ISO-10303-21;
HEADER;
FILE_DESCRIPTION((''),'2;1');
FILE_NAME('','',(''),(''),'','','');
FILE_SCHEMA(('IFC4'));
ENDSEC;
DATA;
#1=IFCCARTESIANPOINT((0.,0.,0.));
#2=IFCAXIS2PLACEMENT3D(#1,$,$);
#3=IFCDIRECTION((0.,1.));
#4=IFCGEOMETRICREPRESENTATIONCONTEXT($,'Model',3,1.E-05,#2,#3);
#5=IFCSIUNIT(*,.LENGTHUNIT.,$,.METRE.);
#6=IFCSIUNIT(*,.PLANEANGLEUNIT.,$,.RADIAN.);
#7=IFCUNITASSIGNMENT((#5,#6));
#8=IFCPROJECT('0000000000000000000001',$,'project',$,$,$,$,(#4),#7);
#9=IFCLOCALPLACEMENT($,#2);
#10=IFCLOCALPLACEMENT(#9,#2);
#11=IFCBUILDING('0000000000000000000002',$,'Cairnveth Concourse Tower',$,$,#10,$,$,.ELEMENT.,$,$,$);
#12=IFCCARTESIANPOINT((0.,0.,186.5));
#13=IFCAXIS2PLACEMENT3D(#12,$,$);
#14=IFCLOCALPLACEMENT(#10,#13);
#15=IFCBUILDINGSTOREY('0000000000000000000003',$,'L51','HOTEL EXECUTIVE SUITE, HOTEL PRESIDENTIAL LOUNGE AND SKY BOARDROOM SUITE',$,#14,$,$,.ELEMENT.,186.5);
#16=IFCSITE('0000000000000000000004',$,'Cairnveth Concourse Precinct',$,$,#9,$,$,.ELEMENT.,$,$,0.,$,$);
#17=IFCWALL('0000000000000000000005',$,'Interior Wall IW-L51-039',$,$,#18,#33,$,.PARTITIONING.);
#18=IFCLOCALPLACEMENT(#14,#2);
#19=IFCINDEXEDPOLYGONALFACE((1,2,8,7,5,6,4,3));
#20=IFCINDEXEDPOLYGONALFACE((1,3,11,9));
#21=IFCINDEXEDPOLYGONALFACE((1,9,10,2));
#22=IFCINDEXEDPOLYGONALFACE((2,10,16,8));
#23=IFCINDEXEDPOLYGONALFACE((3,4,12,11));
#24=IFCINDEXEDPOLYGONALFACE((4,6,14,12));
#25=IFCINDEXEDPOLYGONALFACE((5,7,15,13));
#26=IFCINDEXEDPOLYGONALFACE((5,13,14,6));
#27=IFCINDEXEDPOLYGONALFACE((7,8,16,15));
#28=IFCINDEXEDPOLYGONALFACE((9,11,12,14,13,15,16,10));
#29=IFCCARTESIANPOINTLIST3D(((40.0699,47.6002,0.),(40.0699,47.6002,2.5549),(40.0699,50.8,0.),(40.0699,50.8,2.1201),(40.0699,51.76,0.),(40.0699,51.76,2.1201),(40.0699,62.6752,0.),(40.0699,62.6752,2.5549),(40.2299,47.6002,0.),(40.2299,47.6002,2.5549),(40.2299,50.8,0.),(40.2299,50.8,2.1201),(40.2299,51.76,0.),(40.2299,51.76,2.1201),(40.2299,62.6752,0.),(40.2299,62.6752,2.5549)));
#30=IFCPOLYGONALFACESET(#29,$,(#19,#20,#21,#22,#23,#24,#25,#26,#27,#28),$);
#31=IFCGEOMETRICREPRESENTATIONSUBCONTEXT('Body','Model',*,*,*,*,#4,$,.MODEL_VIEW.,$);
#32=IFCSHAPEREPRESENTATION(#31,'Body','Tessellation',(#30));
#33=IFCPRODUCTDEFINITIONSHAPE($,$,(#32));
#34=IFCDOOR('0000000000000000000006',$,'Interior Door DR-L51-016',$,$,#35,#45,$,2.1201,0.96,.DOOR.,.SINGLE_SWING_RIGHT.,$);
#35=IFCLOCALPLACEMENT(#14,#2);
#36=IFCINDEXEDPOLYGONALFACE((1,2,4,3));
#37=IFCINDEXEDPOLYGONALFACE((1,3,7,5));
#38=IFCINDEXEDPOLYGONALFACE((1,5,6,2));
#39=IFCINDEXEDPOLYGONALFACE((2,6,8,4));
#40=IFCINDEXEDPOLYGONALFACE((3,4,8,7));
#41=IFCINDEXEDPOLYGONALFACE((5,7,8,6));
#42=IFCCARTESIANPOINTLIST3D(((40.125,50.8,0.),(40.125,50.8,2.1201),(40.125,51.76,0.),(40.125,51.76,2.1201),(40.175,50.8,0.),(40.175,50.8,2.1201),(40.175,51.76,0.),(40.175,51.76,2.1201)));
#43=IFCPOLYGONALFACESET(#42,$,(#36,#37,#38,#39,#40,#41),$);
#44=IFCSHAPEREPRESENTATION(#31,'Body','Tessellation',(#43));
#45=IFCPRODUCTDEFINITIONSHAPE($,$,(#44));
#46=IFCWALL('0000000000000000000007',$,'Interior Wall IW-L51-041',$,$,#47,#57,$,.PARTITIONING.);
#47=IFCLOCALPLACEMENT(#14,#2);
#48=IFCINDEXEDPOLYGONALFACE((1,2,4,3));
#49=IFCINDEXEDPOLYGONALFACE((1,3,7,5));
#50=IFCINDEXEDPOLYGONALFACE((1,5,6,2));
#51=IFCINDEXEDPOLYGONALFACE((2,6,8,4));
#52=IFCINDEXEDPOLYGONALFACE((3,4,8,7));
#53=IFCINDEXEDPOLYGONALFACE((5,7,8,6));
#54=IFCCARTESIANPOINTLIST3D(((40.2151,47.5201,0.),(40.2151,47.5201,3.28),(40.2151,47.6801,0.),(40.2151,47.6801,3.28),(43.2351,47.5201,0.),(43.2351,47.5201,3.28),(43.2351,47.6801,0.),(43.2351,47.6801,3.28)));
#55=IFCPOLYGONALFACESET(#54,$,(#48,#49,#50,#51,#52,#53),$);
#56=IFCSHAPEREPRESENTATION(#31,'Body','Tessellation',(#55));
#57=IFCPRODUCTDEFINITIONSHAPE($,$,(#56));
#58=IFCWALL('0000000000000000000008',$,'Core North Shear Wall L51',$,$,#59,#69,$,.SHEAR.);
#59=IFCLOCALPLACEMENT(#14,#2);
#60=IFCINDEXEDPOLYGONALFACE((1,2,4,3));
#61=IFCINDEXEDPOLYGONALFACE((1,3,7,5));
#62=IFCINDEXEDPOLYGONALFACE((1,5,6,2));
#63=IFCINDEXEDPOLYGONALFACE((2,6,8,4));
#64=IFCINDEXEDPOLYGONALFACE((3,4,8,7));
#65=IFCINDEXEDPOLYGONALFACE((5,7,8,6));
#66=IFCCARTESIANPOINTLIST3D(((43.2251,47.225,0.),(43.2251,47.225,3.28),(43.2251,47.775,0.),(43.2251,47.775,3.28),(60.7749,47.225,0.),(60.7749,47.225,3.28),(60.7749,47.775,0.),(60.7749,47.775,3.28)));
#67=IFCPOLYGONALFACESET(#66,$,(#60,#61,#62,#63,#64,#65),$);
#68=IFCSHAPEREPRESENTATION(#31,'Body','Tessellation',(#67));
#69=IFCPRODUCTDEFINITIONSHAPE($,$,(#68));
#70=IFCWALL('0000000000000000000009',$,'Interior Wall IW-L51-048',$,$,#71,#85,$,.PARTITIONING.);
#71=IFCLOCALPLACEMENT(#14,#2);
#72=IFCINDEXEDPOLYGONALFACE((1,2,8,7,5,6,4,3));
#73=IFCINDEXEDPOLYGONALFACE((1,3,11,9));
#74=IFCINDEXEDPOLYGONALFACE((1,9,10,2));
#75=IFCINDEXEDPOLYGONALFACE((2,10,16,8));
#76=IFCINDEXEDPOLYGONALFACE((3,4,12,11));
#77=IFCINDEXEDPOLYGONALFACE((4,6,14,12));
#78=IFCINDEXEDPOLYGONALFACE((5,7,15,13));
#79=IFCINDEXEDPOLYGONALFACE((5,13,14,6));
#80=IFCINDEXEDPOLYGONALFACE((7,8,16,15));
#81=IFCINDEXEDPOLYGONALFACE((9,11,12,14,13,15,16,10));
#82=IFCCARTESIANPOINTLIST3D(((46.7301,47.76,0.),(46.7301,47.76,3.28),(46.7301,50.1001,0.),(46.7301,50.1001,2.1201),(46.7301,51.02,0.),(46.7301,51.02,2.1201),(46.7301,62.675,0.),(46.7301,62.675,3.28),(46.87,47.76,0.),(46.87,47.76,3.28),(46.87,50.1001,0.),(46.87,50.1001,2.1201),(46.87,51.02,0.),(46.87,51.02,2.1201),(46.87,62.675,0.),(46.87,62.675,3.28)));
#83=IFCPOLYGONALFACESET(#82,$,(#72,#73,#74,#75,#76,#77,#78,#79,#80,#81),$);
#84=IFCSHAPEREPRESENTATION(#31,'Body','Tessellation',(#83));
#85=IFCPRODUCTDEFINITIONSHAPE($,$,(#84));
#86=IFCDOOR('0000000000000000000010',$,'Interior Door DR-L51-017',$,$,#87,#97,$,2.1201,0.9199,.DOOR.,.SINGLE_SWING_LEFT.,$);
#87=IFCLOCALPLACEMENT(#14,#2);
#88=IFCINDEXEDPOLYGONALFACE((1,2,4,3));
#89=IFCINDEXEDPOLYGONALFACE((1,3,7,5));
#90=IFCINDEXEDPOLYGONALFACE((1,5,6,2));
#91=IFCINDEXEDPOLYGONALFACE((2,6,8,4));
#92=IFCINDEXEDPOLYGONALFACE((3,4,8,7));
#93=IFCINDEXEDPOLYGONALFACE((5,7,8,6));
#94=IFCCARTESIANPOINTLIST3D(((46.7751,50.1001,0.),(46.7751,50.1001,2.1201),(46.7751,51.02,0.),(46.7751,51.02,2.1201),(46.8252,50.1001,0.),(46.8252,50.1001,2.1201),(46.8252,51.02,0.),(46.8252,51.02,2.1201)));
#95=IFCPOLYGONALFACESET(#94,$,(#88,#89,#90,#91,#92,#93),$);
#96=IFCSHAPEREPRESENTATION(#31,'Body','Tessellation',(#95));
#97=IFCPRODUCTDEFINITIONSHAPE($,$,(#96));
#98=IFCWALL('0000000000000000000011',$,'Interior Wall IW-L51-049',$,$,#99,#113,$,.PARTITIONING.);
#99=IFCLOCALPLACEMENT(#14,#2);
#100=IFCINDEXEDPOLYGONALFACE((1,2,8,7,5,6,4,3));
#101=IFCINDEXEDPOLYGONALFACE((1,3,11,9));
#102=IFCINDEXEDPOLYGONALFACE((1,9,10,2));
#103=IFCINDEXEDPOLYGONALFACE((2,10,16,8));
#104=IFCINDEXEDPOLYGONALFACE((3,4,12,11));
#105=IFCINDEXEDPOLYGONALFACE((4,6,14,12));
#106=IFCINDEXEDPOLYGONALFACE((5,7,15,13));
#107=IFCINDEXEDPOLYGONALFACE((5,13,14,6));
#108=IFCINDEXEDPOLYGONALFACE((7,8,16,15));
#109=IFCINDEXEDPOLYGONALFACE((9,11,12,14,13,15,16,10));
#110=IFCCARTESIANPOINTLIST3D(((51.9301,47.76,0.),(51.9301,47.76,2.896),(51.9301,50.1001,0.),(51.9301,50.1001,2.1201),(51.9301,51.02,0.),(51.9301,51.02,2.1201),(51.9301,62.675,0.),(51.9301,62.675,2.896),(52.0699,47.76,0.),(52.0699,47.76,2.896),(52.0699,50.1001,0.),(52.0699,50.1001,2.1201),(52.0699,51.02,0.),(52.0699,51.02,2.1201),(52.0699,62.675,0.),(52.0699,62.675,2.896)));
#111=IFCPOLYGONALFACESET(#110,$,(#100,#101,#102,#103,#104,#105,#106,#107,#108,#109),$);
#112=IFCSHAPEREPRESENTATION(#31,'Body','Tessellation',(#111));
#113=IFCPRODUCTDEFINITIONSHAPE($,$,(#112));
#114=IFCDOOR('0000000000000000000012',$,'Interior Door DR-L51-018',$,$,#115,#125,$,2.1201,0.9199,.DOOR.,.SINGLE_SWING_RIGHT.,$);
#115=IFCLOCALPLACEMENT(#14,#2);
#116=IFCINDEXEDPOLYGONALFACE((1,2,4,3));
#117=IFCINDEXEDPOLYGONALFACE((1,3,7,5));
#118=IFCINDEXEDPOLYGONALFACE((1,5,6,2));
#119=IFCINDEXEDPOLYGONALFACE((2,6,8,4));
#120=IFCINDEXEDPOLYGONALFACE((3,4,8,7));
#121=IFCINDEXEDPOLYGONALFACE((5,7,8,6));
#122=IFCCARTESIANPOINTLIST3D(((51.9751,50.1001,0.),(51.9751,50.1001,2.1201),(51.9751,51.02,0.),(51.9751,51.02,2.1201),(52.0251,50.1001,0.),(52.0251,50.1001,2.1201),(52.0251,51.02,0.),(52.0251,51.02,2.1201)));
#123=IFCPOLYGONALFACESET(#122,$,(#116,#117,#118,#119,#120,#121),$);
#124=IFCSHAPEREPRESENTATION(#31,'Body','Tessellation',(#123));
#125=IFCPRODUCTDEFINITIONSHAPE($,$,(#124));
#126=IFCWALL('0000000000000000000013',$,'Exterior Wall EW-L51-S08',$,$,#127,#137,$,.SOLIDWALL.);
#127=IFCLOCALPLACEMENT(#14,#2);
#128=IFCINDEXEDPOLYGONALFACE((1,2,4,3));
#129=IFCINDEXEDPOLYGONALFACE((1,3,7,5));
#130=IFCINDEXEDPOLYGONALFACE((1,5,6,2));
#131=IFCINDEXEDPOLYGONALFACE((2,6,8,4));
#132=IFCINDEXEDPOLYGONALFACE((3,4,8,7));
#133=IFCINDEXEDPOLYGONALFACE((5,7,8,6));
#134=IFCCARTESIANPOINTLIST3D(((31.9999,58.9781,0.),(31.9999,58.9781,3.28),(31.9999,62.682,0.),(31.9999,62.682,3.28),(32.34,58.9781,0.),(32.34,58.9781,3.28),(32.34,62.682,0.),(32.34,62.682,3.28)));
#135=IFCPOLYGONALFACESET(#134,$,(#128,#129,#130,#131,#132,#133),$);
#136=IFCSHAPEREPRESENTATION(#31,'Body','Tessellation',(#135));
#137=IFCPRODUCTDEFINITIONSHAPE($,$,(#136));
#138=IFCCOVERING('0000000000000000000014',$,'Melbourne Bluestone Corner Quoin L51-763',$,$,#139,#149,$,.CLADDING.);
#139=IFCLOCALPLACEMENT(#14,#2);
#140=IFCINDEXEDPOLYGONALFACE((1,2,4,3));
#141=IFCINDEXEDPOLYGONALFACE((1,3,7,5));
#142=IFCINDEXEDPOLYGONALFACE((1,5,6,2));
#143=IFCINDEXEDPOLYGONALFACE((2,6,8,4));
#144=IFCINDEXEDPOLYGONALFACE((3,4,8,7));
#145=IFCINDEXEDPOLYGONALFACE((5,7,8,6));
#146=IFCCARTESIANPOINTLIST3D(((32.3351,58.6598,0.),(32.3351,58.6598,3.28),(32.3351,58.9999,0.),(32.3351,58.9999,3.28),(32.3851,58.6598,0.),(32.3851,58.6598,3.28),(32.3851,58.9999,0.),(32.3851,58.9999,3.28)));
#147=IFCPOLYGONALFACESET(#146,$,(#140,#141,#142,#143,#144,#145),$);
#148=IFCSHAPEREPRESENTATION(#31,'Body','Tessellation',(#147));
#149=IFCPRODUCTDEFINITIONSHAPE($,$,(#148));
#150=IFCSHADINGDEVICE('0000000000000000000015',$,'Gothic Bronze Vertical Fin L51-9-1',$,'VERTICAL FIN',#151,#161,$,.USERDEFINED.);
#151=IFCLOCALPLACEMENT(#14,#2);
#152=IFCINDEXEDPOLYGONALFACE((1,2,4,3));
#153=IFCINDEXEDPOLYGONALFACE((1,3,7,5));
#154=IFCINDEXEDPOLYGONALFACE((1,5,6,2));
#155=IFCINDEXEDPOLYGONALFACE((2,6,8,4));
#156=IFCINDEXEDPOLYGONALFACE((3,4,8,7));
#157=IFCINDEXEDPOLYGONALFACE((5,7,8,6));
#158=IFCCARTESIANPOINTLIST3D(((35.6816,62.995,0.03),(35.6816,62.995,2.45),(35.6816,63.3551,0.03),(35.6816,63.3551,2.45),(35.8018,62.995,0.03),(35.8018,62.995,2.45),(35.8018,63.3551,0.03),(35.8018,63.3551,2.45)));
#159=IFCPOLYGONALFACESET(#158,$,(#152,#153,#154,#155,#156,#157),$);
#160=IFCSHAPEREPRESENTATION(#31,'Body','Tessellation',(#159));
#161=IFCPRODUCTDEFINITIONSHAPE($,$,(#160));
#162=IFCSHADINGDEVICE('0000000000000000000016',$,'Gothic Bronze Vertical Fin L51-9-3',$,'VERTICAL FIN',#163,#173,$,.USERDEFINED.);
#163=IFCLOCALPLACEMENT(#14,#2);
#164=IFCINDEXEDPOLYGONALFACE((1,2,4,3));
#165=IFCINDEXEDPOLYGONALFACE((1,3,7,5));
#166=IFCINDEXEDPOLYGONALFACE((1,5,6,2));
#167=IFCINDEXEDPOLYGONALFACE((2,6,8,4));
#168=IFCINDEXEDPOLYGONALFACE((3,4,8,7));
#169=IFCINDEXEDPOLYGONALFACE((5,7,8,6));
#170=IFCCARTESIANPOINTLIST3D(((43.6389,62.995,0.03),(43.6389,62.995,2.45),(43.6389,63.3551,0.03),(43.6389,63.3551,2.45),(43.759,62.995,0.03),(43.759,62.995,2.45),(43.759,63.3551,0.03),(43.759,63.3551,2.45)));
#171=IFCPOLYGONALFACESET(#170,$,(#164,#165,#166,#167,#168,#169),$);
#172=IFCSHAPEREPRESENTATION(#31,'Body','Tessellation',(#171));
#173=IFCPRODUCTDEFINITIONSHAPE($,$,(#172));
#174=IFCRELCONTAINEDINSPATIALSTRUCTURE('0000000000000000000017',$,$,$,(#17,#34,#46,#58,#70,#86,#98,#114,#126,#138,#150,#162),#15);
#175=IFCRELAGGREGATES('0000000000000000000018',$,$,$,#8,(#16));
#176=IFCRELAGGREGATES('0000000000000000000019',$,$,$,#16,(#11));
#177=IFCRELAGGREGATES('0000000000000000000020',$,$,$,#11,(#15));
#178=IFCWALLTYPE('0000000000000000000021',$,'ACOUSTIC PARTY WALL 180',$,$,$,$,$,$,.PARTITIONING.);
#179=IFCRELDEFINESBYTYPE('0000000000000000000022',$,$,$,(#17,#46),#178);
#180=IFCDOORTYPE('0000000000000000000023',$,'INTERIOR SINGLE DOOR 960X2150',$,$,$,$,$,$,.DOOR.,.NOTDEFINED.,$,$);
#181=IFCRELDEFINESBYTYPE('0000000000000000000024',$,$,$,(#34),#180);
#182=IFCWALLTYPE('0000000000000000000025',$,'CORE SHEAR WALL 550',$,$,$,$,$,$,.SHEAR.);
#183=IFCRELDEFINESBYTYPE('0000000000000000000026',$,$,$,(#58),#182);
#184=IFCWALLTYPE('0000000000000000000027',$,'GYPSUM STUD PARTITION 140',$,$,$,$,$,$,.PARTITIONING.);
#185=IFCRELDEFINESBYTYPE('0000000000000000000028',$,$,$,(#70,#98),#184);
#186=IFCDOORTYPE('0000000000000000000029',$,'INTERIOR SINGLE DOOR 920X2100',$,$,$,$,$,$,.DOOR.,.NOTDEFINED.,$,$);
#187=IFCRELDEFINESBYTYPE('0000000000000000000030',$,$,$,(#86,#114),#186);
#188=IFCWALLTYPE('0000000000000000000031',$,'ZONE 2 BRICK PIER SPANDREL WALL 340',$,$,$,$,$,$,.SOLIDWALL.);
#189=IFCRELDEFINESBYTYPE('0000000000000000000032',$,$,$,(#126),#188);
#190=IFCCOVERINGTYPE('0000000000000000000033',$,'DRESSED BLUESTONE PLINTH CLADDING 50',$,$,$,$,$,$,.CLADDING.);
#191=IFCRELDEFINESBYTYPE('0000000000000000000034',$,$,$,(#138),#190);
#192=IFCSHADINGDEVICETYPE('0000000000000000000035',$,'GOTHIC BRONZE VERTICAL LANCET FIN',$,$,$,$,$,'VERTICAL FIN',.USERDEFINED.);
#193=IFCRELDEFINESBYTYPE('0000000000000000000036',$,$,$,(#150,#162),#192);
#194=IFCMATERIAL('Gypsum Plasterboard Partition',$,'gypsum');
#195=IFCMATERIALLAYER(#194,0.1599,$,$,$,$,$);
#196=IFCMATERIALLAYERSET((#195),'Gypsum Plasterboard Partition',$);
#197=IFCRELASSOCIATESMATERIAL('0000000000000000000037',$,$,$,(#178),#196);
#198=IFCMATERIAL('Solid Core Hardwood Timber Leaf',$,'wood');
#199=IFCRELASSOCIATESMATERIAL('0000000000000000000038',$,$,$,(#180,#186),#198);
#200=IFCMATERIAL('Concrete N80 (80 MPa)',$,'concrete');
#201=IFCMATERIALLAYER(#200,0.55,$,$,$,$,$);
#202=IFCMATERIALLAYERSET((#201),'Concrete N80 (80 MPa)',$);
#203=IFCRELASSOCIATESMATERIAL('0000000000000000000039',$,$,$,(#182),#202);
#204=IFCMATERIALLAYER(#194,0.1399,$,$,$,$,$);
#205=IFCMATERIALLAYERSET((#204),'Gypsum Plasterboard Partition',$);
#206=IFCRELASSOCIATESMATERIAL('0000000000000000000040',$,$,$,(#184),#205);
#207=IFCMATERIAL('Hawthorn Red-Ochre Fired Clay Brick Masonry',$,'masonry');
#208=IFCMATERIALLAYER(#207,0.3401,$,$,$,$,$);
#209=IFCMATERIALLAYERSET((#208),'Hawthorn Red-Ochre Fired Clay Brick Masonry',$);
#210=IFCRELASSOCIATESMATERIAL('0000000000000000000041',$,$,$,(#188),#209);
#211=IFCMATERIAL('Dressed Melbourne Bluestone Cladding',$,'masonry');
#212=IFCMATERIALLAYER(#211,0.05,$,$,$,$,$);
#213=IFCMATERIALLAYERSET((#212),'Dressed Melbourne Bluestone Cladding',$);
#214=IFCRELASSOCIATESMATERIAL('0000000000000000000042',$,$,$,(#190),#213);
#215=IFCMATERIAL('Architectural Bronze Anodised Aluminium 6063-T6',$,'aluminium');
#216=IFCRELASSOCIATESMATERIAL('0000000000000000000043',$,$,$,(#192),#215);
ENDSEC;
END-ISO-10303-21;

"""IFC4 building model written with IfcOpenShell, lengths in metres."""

from ifc_helpers import new_model, si_unit, direction, frame, frame_2d, origin, origin_2d, place, context, subcontext, project, spatial, rectangle, extrude, material, layer, layer_set, type_object, element, fill, save


model = new_model("IFC4")

# Units and contexts
model_context = context("Model", 3, precision=1e-05, world=origin(), true_north=direction((0.0, 1.0)))
body_context = subcontext(model_context, "Body", "Model", "MODEL_VIEW")
ifc_project = project(units=[si_unit("LENGTHUNIT", "METRE"), si_unit("PLANEANGLEUNIT", "RADIAN")], contexts=[model_context])

# Site, building, storey
site_placement = place(None, origin())
site = spatial("IfcSite", under=ifc_project, at=site_placement, Name="Cairnveth Concourse Precinct", CompositionType="ELEMENT", RefElevation=0.0)
building_placement = place(site_placement, origin())
building = spatial("IfcBuilding", under=site, at=building_placement, Name="Cairnveth Concourse Tower", CompositionType="ELEMENT")
storey_placement = place(building_placement, frame((0.0, 0.0, 186.5)))
storey = spatial("IfcBuildingStorey", under=building, at=storey_placement, Name="L51", Description="HOTEL EXECUTIVE SUITE, HOTEL PRESIDENTIAL LOUNGE AND SKY BOARDROOM SUITE", CompositionType="ELEMENT", Elevation=186.5)

# Wall, opening, door
ifc_material_1 = material(Name="Gypsum Plasterboard Partition", Category="gypsum")
ifc_layer_1 = layer(ifc_material_1, 0.1599)
ifc_layer_set_1 = layer_set([ifc_layer_1], Name="Gypsum Plasterboard Partition")
wall_type_1 = type_object("IfcWallType", Name="ACOUSTIC PARTY WALL 180", PredefinedType="PARTITIONING", material=ifc_layer_set_1)
wall_1_placement = place(storey_placement, frame((40.1499, 47.6001, 0.0), z_axis=(0.0, 0.0, 1.0), x_axis=(0.0, 1.0, 0.0)))
wall_1 = element("IfcWall", 1, at=wall_1_placement, inside=storey, type_object=wall_type_1, Name="Interior Wall IW-L51-039", PredefinedType="PARTITIONING", context=body_context, shape_type="SweptSolid", body=[
    extrude(rectangle(XDim=15.075, YDim=0.1599, at=frame_2d((7.5376, 0.0))), origin(), (0.0, 0.0, 1.0), 2.5549),
])
opening_1_placement = place(wall_1_placement, frame((3.2, 0.0, 0.0)))
opening_1 = element("IfcOpeningElement", 2, at=opening_1_placement, cuts=wall_1, PredefinedType="OPENING", context=body_context, shape_type="SweptSolid", body=[
    extrude(rectangle(XDim=0.96, YDim=2.1201, at=frame_2d((0.48, 1.0601))), frame((0.0, 0.0898, 0.0), z_axis=(0.0, -1.0, 0.0), x_axis=(1.0, 0.0, 0.0)), (0.0, 0.0, 1.0), 0.1799),
])
ifc_material_2 = material(Name="Solid Core Hardwood Timber Leaf", Category="wood")
door_type_1 = type_object("IfcDoorType", Name="INTERIOR SINGLE DOOR 960X2150", OperationType="NOTDEFINED", PredefinedType="DOOR", material=ifc_material_2)
door_1_placement = place(opening_1_placement, origin())
door_1 = element("IfcDoor", 3, at=door_1_placement, inside=storey, type_object=door_type_1, Name="Interior Door DR-L51-016", OperationType="SINGLE_SWING_RIGHT", OverallHeight=2.1201, OverallWidth=0.96, PredefinedType="DOOR", context=body_context, shape_type="SweptSolid", body=[
    extrude(rectangle(XDim=0.96, YDim=2.1201, at=frame_2d((0.48, 1.0601))), frame((0.0, 0.0249, 0.0), z_axis=(0.0, -1.0, 0.0), x_axis=(1.0, 0.0, 0.0)), (0.0, 0.0, 1.0), 0.05),
])
fill(opening_1, door_1)

# Walls
wall_2_placement = place(storey_placement, frame((40.2151, 47.6001, 0.0), z_axis=(0.0, 0.0, 1.0), x_axis=(1.0, 0.0, 0.0)))
element("IfcWall", 4, at=wall_2_placement, inside=storey, type_object=wall_type_1, Name="Interior Wall IW-L51-041", PredefinedType="PARTITIONING", context=body_context, shape_type="SweptSolid", body=[
    extrude(rectangle(XDim=3.02, YDim=0.1599, at=frame_2d((1.51, 0.0))), origin(), (0.0, 0.0, 1.0), 3.28),
])
ifc_material_3 = material(Name="Concrete N80 (80 MPa)", Category="concrete")
ifc_layer_2 = layer(ifc_material_3, 0.55)
ifc_layer_set_2 = layer_set([ifc_layer_2], Name="Concrete N80 (80 MPa)")
wall_type_2 = type_object("IfcWallType", Name="CORE SHEAR WALL 550", PredefinedType="SHEAR", material=ifc_layer_set_2)
wall_3_placement = place(storey_placement, frame((43.2251, 47.5, 0.0), z_axis=(0.0, 0.0, 1.0), x_axis=(1.0, 0.0, 0.0)))
element("IfcWall", 5, at=wall_3_placement, inside=storey, type_object=wall_type_2, Name="Core North Shear Wall L51", PredefinedType="SHEAR", context=body_context, shape_type="SweptSolid", body=[
    extrude(rectangle(XDim=17.5498, YDim=0.55, at=frame_2d((8.7749, 0.0))), origin(), (0.0, 0.0, 1.0), 3.28),
])

# Walls, openings, doors
ifc_layer_3 = layer(ifc_material_1, 0.1399)
ifc_layer_set_3 = layer_set([ifc_layer_3], Name="Gypsum Plasterboard Partition")
wall_type_3 = type_object("IfcWallType", Name="GYPSUM STUD PARTITION 140", PredefinedType="PARTITIONING", material=ifc_layer_set_3)
wall_4_placement = place(storey_placement, frame((46.8, 47.76, 0.0), z_axis=(0.0, 0.0, 1.0), x_axis=(0.0, 1.0, 0.0)))
wall_4 = element("IfcWall", 6, at=wall_4_placement, inside=storey, type_object=wall_type_3, Name="Interior Wall IW-L51-048", PredefinedType="PARTITIONING", context=body_context, shape_type="SweptSolid", body=[
    extrude(rectangle(XDim=14.915, YDim=0.1399, at=frame_2d((7.4575, 0.0))), origin(), (0.0, 0.0, 1.0), 3.28),
])
opening_2_placement = place(wall_4_placement, frame((2.3401, 0.0, 0.0)))
opening_2 = element("IfcOpeningElement", 7, at=opening_2_placement, cuts=wall_4, PredefinedType="OPENING", context=body_context, shape_type="SweptSolid", body=[
    extrude(rectangle(XDim=0.9199, YDim=2.1201, at=frame_2d((0.46, 1.0601))), frame((0.0, 0.0798, 0.0), z_axis=(0.0, -1.0, 0.0), x_axis=(1.0, 0.0, 0.0)), (0.0, 0.0, 1.0), 0.1599),
])
door_type_2 = type_object("IfcDoorType", Name="INTERIOR SINGLE DOOR 920X2100", OperationType="NOTDEFINED", PredefinedType="DOOR", material=ifc_material_2)
door_2_placement = place(opening_2_placement, origin())
door_2 = element("IfcDoor", 8, at=door_2_placement, inside=storey, type_object=door_type_2, Name="Interior Door DR-L51-017", OperationType="SINGLE_SWING_LEFT", OverallHeight=2.1201, OverallWidth=0.9199, PredefinedType="DOOR", context=body_context, shape_type="SweptSolid", body=[
    extrude(rectangle(XDim=0.9199, YDim=2.1201, at=frame_2d((0.46, 1.0601))), frame((0.0, 0.0249, 0.0), z_axis=(0.0, -1.0, 0.0), x_axis=(1.0, 0.0, 0.0)), (0.0, 0.0, 1.0), 0.05),
])
fill(opening_2, door_2)
wall_5_placement = place(storey_placement, frame((52.0, 47.76, 0.0), z_axis=(0.0, 0.0, 1.0), x_axis=(0.0, 1.0, 0.0)))
wall_5 = element("IfcWall", 9, at=wall_5_placement, inside=storey, type_object=wall_type_3, Name="Interior Wall IW-L51-049", PredefinedType="PARTITIONING", context=body_context, shape_type="SweptSolid", body=[
    extrude(rectangle(XDim=14.915, YDim=0.1399, at=frame_2d((7.4575, 0.0))), origin(), (0.0, 0.0, 1.0), 2.896),
])
opening_3_placement = place(wall_5_placement, frame((2.3401, 0.0, 0.0)))
opening_3 = element("IfcOpeningElement", 10, at=opening_3_placement, cuts=wall_5, PredefinedType="OPENING", context=body_context, shape_type="SweptSolid", body=[
    extrude(rectangle(XDim=0.9199, YDim=2.1201, at=frame_2d((0.46, 1.0601))), frame((0.0, 0.0798, 0.0), z_axis=(0.0, -1.0, 0.0), x_axis=(1.0, 0.0, 0.0)), (0.0, 0.0, 1.0), 0.1599),
])
door_3_placement = place(opening_3_placement, origin())
door_3 = element("IfcDoor", 11, at=door_3_placement, inside=storey, type_object=door_type_2, Name="Interior Door DR-L51-018", OperationType="SINGLE_SWING_RIGHT", OverallHeight=2.1201, OverallWidth=0.9199, PredefinedType="DOOR", context=body_context, shape_type="SweptSolid", body=[
    extrude(rectangle(XDim=0.9199, YDim=2.1201, at=frame_2d((0.46, 1.0601))), frame((0.0, 0.0249, 0.0), z_axis=(0.0, -1.0, 0.0), x_axis=(1.0, 0.0, 0.0)), (0.0, 0.0, 1.0), 0.05),
])
fill(opening_3, door_3)

# Wall
ifc_material_4 = material(Name="Hawthorn Red-Ochre Fired Clay Brick Masonry", Category="masonry")
ifc_layer_4 = layer(ifc_material_4, 0.3401)
ifc_layer_set_4 = layer_set([ifc_layer_4], Name="Hawthorn Red-Ochre Fired Clay Brick Masonry")
wall_type_4 = type_object("IfcWallType", Name="ZONE 2 BRICK PIER SPANDREL WALL 340", PredefinedType="SOLIDWALL", material=ifc_layer_set_4)
wall_6_placement = place(storey_placement, frame((32.1699, 58.978, 0.0), z_axis=(0.0, 0.0, 1.0), x_axis=(0.0, 1.0, 0.0)))
element("IfcWall", 12, at=wall_6_placement, inside=storey, type_object=wall_type_4, Name="Exterior Wall EW-L51-S08", PredefinedType="SOLIDWALL", context=body_context, shape_type="SweptSolid", body=[
    extrude(rectangle(XDim=3.7039, YDim=0.3401, at=frame_2d((1.8521, 0.0))), origin(), (0.0, 0.0, 1.0), 3.28),
])

# Covering
ifc_material_5 = material(Name="Dressed Melbourne Bluestone Cladding", Category="masonry")
ifc_layer_5 = layer(ifc_material_5, 0.05)
ifc_layer_set_5 = layer_set([ifc_layer_5], Name="Dressed Melbourne Bluestone Cladding")
covering_type = type_object("IfcCoveringType", Name="DRESSED BLUESTONE PLINTH CLADDING 50", PredefinedType="CLADDING", material=ifc_layer_set_5)
covering_placement = place(storey_placement, frame((32.3601, 58.6599, 0.0), z_axis=(0.0, 0.0, 1.0), x_axis=(0.0, 1.0, 0.0)))
element("IfcCovering", 13, at=covering_placement, inside=storey, type_object=covering_type, Name="Melbourne Bluestone Corner Quoin L51-763", PredefinedType="CLADDING", context=body_context, shape_type="SweptSolid", body=[
    extrude(rectangle(XDim=0.3401, YDim=0.05, at=frame_2d((0.1699, 0.0))), origin(), (0.0, 0.0, 1.0), 3.28),
])

# Shading devices
ifc_material_6 = material(Name="Architectural Bronze Anodised Aluminium 6063-T6", Category="aluminium")
shading_device_type = type_object("IfcShadingDeviceType", Name="GOTHIC BRONZE VERTICAL LANCET FIN", ElementType="VERTICAL FIN", PredefinedType="USERDEFINED", material=ifc_material_6)
for number, where, z_axis, x_axis, name in (
    (14, (35.7417, 63.175, 0.03), (0.0, 0.0, 1.0), (1.0, 0.0, 0.0), "Gothic Bronze Vertical Fin L51-9-1"),
    (15, (43.699, 63.175, 0.03), (0.0, 0.0, 1.0), (1.0, 0.0, 0.0), "Gothic Bronze Vertical Fin L51-9-3"),
):
    element("IfcShadingDevice", number, at=place(storey_placement, frame(where, z_axis=z_axis, x_axis=x_axis)), inside=storey, type_object=shading_device_type, Name=name, ObjectType="VERTICAL FIN", PredefinedType="USERDEFINED", context=body_context, shape_type="SweptSolid", body=[
        extrude(rectangle(XDim=0.1201, YDim=0.3601, at=origin_2d()), origin(), (0.0, 0.0, 1.0), 2.4199),
    ])

save(model, "model.ifc")
